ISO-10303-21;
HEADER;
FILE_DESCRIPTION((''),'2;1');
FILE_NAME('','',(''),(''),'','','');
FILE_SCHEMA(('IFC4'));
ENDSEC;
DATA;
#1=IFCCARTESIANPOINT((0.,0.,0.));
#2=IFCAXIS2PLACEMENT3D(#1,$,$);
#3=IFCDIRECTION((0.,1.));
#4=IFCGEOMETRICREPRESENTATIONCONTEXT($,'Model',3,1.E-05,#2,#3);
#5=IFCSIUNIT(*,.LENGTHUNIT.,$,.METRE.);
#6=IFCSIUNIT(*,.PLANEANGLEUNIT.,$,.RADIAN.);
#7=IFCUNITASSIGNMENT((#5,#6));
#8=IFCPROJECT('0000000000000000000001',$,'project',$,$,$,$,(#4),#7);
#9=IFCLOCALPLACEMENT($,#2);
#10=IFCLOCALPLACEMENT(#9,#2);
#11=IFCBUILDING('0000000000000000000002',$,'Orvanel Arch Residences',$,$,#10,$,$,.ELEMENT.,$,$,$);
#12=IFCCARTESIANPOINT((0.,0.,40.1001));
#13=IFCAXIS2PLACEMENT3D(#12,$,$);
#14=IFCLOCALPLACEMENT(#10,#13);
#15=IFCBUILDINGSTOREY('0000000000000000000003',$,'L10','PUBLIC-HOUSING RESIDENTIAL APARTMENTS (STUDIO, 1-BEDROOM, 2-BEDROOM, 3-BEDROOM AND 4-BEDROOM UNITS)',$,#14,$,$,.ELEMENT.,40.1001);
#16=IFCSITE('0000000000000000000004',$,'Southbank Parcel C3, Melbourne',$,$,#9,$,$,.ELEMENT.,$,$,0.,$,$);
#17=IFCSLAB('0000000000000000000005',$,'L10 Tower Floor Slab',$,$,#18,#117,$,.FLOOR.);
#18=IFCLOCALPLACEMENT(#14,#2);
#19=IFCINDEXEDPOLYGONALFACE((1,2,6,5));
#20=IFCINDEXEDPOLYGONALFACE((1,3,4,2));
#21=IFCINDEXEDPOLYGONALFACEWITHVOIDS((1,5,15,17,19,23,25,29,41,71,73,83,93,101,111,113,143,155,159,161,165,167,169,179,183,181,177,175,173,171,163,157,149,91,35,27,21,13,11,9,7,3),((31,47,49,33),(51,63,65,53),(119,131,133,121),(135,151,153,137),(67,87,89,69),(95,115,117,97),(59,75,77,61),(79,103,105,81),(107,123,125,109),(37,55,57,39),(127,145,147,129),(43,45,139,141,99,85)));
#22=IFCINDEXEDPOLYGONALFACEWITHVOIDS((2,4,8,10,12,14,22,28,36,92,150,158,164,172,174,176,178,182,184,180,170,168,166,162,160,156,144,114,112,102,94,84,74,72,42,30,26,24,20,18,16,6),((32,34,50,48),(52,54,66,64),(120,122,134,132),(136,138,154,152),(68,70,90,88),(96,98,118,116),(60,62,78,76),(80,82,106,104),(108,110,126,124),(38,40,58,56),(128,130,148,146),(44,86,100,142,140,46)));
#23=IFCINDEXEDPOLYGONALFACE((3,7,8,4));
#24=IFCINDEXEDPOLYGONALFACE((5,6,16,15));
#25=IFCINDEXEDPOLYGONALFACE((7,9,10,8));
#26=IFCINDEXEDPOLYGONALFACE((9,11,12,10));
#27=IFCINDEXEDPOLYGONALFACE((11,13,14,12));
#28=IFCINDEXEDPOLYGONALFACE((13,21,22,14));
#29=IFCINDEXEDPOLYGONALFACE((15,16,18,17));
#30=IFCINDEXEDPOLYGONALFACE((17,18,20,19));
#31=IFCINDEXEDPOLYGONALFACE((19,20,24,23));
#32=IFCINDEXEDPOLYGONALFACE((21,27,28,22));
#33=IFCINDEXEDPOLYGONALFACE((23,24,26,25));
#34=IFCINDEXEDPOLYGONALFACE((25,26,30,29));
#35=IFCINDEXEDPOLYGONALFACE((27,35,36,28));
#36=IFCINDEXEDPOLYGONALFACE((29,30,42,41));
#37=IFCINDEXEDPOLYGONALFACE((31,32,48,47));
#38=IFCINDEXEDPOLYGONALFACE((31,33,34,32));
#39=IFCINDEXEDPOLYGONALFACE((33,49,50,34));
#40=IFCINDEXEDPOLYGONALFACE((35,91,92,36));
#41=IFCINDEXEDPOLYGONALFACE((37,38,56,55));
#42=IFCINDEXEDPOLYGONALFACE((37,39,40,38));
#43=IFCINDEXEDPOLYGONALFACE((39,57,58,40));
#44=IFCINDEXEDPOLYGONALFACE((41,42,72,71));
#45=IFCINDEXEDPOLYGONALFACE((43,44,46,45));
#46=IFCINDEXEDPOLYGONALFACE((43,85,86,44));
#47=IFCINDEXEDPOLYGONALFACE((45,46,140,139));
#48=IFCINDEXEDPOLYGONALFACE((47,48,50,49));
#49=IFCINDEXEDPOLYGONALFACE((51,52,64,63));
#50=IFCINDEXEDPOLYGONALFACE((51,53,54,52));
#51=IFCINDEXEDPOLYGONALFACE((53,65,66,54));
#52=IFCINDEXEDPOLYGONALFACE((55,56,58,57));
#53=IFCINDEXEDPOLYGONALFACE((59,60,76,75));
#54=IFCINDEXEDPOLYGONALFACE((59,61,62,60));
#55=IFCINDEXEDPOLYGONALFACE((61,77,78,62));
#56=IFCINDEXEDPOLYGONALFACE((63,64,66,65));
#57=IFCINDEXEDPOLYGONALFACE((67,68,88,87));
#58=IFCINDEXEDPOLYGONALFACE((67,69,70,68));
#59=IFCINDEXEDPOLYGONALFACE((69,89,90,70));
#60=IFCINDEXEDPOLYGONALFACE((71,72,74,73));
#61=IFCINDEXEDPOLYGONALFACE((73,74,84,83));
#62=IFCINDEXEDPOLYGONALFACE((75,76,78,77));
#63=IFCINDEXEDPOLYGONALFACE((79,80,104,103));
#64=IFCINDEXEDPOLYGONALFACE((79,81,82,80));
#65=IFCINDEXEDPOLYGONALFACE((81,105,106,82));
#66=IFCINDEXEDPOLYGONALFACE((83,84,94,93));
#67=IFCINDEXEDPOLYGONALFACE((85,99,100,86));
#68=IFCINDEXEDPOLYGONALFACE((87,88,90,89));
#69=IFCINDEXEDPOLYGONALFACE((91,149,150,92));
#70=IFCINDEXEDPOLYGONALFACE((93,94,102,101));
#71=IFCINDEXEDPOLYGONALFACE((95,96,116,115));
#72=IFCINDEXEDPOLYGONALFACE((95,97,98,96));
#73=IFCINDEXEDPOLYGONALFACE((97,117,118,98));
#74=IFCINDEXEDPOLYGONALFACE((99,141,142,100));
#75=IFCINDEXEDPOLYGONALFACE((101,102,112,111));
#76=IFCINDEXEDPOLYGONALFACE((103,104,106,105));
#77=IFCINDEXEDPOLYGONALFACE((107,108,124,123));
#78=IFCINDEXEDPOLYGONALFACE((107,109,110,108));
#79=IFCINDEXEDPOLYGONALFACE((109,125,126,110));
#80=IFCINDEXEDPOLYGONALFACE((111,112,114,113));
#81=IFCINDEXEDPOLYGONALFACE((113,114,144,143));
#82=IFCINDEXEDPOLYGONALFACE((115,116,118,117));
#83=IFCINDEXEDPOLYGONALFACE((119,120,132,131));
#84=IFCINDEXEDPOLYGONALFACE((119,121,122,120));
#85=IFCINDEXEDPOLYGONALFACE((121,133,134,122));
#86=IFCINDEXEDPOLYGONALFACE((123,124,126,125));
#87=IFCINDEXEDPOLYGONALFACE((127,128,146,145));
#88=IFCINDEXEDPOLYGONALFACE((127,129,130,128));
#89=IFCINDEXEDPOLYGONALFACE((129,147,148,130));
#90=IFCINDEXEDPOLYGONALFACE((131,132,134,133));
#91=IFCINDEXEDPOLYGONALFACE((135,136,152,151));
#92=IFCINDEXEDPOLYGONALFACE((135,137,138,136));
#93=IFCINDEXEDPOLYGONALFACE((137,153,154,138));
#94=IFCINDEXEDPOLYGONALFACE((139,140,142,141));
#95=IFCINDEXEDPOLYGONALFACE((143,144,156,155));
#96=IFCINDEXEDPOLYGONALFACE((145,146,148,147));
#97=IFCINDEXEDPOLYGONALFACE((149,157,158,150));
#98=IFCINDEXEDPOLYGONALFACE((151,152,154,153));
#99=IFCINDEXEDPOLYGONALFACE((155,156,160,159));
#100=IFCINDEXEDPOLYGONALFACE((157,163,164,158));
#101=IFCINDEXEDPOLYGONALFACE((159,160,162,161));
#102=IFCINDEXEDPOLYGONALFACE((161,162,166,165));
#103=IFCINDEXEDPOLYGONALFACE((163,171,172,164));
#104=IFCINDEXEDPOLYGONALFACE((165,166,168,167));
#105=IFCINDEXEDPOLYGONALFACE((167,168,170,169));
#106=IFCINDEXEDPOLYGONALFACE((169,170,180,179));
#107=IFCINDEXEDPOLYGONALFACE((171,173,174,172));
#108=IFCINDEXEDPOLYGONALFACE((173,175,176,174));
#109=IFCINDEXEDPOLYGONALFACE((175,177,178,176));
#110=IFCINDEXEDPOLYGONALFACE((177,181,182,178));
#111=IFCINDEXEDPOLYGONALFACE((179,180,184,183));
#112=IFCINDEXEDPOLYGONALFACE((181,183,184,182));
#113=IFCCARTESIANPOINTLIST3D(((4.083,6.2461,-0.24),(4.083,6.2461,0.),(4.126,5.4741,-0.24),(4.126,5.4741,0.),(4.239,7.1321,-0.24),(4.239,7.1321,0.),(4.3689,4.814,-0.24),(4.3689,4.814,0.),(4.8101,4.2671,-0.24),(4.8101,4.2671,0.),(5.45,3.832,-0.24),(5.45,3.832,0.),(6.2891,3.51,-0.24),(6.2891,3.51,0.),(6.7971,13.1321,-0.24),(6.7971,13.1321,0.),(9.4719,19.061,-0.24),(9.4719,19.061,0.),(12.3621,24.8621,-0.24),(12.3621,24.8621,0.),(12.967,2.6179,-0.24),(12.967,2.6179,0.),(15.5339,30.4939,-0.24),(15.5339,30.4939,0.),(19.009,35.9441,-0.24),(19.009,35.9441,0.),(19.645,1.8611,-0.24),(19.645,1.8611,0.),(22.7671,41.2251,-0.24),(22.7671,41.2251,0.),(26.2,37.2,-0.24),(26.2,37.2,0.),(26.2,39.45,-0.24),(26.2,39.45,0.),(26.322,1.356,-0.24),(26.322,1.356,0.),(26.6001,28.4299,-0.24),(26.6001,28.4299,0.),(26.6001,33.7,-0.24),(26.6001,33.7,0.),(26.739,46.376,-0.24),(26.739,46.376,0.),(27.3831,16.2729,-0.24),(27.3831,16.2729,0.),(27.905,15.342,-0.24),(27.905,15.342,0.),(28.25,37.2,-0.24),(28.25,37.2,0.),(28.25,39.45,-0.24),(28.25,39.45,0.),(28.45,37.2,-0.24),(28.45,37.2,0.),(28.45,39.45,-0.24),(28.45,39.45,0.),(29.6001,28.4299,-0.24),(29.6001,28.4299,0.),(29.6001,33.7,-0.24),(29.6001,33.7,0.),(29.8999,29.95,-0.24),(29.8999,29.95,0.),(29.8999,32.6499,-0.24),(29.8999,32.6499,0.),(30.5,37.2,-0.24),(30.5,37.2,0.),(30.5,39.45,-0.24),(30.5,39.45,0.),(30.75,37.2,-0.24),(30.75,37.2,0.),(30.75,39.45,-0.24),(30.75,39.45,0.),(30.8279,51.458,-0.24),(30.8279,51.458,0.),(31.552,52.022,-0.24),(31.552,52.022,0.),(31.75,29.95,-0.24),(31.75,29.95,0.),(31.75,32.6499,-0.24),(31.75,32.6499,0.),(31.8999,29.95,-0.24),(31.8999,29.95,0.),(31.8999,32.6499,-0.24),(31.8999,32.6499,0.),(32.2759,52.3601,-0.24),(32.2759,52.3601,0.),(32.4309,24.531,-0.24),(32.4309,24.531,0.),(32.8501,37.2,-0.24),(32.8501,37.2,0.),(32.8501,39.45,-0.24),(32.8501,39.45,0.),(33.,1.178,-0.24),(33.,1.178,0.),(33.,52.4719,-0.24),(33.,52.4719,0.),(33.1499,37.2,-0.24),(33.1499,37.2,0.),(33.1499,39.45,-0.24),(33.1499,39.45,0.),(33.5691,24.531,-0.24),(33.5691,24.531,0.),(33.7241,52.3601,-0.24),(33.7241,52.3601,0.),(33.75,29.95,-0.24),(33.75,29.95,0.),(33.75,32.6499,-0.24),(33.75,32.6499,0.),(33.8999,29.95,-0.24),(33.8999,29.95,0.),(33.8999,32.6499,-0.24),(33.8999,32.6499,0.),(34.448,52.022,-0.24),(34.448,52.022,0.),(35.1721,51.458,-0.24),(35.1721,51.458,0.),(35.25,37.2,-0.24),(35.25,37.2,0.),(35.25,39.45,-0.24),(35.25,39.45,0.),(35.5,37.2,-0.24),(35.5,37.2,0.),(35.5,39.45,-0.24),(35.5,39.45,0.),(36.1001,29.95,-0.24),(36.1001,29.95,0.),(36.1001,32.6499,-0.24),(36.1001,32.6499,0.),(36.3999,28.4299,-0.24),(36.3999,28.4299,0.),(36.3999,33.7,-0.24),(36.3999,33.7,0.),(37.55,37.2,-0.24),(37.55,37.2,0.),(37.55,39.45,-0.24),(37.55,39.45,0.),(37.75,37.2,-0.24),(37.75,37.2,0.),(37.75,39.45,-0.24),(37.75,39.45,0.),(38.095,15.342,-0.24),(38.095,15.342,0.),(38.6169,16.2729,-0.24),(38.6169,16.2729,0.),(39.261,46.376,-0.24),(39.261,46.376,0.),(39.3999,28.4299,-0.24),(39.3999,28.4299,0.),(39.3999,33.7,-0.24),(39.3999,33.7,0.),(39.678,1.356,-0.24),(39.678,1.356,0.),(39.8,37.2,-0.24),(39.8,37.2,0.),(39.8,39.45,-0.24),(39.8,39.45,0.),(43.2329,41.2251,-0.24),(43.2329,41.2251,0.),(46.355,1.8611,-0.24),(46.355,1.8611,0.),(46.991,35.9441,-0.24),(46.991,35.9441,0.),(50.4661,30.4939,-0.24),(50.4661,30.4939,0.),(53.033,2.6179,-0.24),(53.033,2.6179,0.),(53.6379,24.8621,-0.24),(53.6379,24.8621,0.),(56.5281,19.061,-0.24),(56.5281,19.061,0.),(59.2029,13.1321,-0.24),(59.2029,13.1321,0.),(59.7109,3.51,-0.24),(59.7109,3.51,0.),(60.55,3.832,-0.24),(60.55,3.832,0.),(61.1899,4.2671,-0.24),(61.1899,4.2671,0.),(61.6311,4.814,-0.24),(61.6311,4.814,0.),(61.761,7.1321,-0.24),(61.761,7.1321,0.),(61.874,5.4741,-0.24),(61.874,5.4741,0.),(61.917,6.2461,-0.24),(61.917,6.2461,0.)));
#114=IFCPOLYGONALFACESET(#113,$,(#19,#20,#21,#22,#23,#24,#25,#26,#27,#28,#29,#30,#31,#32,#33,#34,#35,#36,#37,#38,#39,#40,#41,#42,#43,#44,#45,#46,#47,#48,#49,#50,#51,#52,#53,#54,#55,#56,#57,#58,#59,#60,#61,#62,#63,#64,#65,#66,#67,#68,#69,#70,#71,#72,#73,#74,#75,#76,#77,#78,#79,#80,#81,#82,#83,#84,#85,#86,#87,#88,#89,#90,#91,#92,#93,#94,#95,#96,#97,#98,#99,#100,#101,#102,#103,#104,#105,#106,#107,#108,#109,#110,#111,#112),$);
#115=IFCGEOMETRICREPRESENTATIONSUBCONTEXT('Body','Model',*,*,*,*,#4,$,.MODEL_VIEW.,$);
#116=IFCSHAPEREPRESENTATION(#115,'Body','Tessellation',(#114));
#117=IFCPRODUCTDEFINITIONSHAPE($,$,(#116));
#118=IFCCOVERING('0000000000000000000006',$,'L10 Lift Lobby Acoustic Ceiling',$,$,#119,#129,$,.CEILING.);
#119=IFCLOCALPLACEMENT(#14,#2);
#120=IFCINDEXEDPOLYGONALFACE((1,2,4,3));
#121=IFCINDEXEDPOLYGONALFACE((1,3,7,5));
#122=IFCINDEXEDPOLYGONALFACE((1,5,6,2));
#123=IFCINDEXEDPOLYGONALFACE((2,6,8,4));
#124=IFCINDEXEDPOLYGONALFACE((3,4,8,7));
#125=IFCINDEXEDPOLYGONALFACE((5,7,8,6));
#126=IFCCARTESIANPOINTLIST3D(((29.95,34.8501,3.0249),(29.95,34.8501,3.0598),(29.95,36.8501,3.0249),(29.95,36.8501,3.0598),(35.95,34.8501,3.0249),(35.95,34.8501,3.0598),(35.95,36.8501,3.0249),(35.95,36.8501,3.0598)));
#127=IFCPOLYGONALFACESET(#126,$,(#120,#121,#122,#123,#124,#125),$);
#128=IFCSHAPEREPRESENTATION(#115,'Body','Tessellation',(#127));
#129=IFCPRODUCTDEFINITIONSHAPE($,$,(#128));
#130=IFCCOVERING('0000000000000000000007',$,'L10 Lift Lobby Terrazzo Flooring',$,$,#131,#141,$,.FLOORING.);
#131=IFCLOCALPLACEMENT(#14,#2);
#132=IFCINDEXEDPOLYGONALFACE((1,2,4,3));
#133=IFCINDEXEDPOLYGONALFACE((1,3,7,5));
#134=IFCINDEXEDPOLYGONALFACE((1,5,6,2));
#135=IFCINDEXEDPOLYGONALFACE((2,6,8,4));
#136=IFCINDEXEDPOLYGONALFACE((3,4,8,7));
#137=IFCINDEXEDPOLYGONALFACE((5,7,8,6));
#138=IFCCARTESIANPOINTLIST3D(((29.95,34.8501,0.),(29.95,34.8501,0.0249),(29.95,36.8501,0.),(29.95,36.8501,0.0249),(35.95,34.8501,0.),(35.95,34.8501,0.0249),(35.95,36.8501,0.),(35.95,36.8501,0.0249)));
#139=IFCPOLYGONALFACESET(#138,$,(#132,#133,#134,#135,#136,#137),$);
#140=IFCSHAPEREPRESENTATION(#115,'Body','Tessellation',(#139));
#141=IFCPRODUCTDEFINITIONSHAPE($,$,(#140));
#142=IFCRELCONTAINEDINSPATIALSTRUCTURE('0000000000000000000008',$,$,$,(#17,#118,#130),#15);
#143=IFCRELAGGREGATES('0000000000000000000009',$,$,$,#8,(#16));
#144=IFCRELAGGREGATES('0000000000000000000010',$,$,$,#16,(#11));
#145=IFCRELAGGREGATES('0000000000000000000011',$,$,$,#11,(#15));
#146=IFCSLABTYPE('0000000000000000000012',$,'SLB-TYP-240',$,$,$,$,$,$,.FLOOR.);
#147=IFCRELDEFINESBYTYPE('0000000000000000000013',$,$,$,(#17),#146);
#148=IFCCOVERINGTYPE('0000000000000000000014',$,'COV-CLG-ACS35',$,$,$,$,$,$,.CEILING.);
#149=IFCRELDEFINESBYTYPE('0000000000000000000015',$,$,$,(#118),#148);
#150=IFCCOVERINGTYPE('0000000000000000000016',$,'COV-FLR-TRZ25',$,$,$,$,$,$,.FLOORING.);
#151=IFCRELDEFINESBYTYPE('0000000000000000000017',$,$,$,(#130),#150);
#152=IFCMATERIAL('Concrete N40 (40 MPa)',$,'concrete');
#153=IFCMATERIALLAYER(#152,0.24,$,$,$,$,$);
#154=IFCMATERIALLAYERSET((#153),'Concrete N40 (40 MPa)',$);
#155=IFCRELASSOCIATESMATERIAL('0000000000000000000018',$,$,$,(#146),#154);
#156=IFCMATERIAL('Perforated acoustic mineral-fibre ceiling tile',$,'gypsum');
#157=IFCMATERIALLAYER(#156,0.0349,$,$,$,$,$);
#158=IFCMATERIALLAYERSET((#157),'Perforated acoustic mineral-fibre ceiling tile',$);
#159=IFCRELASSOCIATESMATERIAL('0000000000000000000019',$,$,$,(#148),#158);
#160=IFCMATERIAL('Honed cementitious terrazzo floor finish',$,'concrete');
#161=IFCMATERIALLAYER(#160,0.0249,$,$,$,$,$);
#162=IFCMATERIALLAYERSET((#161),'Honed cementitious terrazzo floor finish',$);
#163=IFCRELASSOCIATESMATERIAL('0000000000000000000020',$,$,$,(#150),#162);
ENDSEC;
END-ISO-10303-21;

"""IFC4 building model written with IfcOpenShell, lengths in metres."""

from ifc_helpers import new_model, si_unit, direction, frame, origin, place, context, subcontext, project, spatial, polyline, outline, extrude, material, layer, layer_set, type_object, element, save


model = new_model("IFC4")

# Units and contexts
model_context = context("Model", 3, precision=1e-05, world=origin(), true_north=direction((0.0, 1.0)))
body_context = subcontext(model_context, "Body", "Model", "MODEL_VIEW")
ifc_project = project(units=[si_unit("LENGTHUNIT", "METRE"), si_unit("PLANEANGLEUNIT", "RADIAN")], contexts=[model_context])

# Site, building, storey
site_placement = place(None, origin())
site = spatial("IfcSite", under=ifc_project, at=site_placement, Name="Southbank Parcel C3, Melbourne", CompositionType="ELEMENT", RefElevation=0.0)
building_placement = place(site_placement, origin())
building = spatial("IfcBuilding", under=site, at=building_placement, Name="Orvanel Arch Residences", CompositionType="ELEMENT")
storey_placement = place(building_placement, frame((0.0, 0.0, 40.1001)))
storey = spatial("IfcBuildingStorey", under=building, at=storey_placement, Name="L10", Description="PUBLIC-HOUSING RESIDENTIAL APARTMENTS (STUDIO, 1-BEDROOM, 2-BEDROOM, 3-BEDROOM AND 4-BEDROOM UNITS)", CompositionType="ELEMENT", Elevation=40.1001)

# Shared definitions
ifc_material_1 = material(Name="Concrete N40 (40 MPa)", Category="concrete")

# Slab
ifc_layer_1 = layer(ifc_material_1, 0.24)
ifc_layer_set_1 = layer_set([ifc_layer_1], Name="Concrete N40 (40 MPa)")
slab_type_1 = type_object("IfcSlabType", Name="SLB-TYP-240", PredefinedType="FLOOR", material=ifc_layer_set_1)
slab_1_placement = place(storey_placement, frame((0.0, 0.0, -0.24)))
element("IfcSlab", 1, at=slab_1_placement, inside=storey, type_object=slab_type_1, Name="L10 Tower Floor Slab", PredefinedType="FLOOR", context=body_context, shape_type="SweptSolid", body=[
    extrude(outline(polyline([(35.1721, 51.458), (34.448, 52.022), (33.7241, 52.3601), (33.0, 52.4719), (32.2759, 52.3601), (31.552, 52.022), (30.8279, 51.458), (26.739, 46.376), (22.7671, 41.2251), (19.009, 35.9441), (15.5339, 30.4939), (12.3621, 24.8621), (9.4719, 19.061), (6.7971, 13.1321), (4.239, 7.1321), (4.083, 6.2461), (4.126, 5.4741), (4.3689, 4.814), (4.8101, 4.2671), (5.45, 3.832), (6.2891, 3.51), (12.967, 2.6179), (19.645, 1.8611), (26.322, 1.356), (33.0, 1.178), (39.678, 1.356), (46.355, 1.8611), (53.033, 2.6179), (59.7109, 3.51), (60.55, 3.832), (61.1899, 4.2671), (61.6311, 4.814), (61.874, 5.4741), (61.917, 6.2461), (61.761, 7.1321), (59.2029, 13.1321), (56.5281, 19.061), (53.6379, 24.8621), (50.4661, 30.4939), (46.991, 35.9441), (43.2329, 41.2251), (39.261, 46.376), (35.1721, 51.458)]), holes=[polyline([(26.6001, 28.4299), (26.6001, 33.7), (29.6001, 33.7), (29.6001, 28.4299), (26.6001, 28.4299)]), polyline([(36.3999, 28.4299), (36.3999, 33.7), (39.3999, 33.7), (39.3999, 28.4299), (36.3999, 28.4299)]), polyline([(29.8999, 32.6499), (31.75, 32.6499), (31.75, 29.95), (29.8999, 29.95), (29.8999, 32.6499)]), polyline([(31.8999, 32.6499), (33.75, 32.6499), (33.75, 29.95), (31.8999, 29.95), (31.8999, 32.6499)]), polyline([(33.8999, 32.6499), (36.1001, 32.6499), (36.1001, 29.95), (33.8999, 29.95), (33.8999, 32.6499)]), polyline([(26.2, 39.45), (28.25, 39.45), (28.25, 37.2), (26.2, 37.2), (26.2, 39.45)]), polyline([(37.75, 39.45), (39.8, 39.45), (39.8, 37.2), (37.75, 37.2), (37.75, 39.45)]), polyline([(28.45, 39.45), (30.5, 39.45), (30.5, 37.2), (28.45, 37.2), (28.45, 39.45)]), polyline([(35.5, 39.45), (37.55, 39.45), (37.55, 37.2), (35.5, 37.2), (35.5, 39.45)]), polyline([(30.75, 39.45), (32.8501, 39.45), (32.8501, 37.2), (30.75, 37.2), (30.75, 39.45)]), polyline([(33.1499, 39.45), (35.25, 39.45), (35.25, 37.2), (33.1499, 37.2), (33.1499, 39.45)]), polyline([(38.6169, 16.2729), (38.095, 15.342), (27.905, 15.342), (27.3831, 16.2729), (32.4309, 24.531), (33.5691, 24.531), (38.6169, 16.2729)])]), origin(), (0.0, 0.0, 1.0), 0.24),
])

# Coverings
ifc_material_2 = material(Name="Perforated acoustic mineral-fibre ceiling tile", Category="gypsum")
ifc_layer_2 = layer(ifc_material_2, 0.0349)
ifc_layer_set_2 = layer_set([ifc_layer_2], Name="Perforated acoustic mineral-fibre ceiling tile")
covering_type_1 = type_object("IfcCoveringType", Name="COV-CLG-ACS35", PredefinedType="CEILING", material=ifc_layer_set_2)
covering_1_placement = place(storey_placement, frame((0.0, 0.0, 3.0249)))
element("IfcCovering", 2, at=covering_1_placement, inside=storey, type_object=covering_type_1, Name="L10 Lift Lobby Acoustic Ceiling", PredefinedType="CEILING", context=body_context, shape_type="SweptSolid", body=[
    extrude(outline(polyline([(29.95, 34.8501), (35.95, 34.8501), (35.95, 36.8501), (29.95, 36.8501), (29.95, 34.8501)])), origin(), (0.0, 0.0, 1.0), 0.0349),
])
ifc_material_3 = material(Name="Honed cementitious terrazzo floor finish", Category="concrete")
ifc_layer_3 = layer(ifc_material_3, 0.0249)
ifc_layer_set_3 = layer_set([ifc_layer_3], Name="Honed cementitious terrazzo floor finish")
covering_type_2 = type_object("IfcCoveringType", Name="COV-FLR-TRZ25", PredefinedType="FLOORING", material=ifc_layer_set_3)
covering_2_placement = place(storey_placement, origin())
element("IfcCovering", 3, at=covering_2_placement, inside=storey, type_object=covering_type_2, Name="L10 Lift Lobby Terrazzo Flooring", PredefinedType="FLOORING", context=body_context, shape_type="SweptSolid", body=[
    extrude(outline(polyline([(29.95, 34.8501), (35.95, 34.8501), (35.95, 36.8501), (29.95, 36.8501), (29.95, 34.8501)])), origin(), (0.0, 0.0, 1.0), 0.0249),
])

save(model, "model.ifc")
